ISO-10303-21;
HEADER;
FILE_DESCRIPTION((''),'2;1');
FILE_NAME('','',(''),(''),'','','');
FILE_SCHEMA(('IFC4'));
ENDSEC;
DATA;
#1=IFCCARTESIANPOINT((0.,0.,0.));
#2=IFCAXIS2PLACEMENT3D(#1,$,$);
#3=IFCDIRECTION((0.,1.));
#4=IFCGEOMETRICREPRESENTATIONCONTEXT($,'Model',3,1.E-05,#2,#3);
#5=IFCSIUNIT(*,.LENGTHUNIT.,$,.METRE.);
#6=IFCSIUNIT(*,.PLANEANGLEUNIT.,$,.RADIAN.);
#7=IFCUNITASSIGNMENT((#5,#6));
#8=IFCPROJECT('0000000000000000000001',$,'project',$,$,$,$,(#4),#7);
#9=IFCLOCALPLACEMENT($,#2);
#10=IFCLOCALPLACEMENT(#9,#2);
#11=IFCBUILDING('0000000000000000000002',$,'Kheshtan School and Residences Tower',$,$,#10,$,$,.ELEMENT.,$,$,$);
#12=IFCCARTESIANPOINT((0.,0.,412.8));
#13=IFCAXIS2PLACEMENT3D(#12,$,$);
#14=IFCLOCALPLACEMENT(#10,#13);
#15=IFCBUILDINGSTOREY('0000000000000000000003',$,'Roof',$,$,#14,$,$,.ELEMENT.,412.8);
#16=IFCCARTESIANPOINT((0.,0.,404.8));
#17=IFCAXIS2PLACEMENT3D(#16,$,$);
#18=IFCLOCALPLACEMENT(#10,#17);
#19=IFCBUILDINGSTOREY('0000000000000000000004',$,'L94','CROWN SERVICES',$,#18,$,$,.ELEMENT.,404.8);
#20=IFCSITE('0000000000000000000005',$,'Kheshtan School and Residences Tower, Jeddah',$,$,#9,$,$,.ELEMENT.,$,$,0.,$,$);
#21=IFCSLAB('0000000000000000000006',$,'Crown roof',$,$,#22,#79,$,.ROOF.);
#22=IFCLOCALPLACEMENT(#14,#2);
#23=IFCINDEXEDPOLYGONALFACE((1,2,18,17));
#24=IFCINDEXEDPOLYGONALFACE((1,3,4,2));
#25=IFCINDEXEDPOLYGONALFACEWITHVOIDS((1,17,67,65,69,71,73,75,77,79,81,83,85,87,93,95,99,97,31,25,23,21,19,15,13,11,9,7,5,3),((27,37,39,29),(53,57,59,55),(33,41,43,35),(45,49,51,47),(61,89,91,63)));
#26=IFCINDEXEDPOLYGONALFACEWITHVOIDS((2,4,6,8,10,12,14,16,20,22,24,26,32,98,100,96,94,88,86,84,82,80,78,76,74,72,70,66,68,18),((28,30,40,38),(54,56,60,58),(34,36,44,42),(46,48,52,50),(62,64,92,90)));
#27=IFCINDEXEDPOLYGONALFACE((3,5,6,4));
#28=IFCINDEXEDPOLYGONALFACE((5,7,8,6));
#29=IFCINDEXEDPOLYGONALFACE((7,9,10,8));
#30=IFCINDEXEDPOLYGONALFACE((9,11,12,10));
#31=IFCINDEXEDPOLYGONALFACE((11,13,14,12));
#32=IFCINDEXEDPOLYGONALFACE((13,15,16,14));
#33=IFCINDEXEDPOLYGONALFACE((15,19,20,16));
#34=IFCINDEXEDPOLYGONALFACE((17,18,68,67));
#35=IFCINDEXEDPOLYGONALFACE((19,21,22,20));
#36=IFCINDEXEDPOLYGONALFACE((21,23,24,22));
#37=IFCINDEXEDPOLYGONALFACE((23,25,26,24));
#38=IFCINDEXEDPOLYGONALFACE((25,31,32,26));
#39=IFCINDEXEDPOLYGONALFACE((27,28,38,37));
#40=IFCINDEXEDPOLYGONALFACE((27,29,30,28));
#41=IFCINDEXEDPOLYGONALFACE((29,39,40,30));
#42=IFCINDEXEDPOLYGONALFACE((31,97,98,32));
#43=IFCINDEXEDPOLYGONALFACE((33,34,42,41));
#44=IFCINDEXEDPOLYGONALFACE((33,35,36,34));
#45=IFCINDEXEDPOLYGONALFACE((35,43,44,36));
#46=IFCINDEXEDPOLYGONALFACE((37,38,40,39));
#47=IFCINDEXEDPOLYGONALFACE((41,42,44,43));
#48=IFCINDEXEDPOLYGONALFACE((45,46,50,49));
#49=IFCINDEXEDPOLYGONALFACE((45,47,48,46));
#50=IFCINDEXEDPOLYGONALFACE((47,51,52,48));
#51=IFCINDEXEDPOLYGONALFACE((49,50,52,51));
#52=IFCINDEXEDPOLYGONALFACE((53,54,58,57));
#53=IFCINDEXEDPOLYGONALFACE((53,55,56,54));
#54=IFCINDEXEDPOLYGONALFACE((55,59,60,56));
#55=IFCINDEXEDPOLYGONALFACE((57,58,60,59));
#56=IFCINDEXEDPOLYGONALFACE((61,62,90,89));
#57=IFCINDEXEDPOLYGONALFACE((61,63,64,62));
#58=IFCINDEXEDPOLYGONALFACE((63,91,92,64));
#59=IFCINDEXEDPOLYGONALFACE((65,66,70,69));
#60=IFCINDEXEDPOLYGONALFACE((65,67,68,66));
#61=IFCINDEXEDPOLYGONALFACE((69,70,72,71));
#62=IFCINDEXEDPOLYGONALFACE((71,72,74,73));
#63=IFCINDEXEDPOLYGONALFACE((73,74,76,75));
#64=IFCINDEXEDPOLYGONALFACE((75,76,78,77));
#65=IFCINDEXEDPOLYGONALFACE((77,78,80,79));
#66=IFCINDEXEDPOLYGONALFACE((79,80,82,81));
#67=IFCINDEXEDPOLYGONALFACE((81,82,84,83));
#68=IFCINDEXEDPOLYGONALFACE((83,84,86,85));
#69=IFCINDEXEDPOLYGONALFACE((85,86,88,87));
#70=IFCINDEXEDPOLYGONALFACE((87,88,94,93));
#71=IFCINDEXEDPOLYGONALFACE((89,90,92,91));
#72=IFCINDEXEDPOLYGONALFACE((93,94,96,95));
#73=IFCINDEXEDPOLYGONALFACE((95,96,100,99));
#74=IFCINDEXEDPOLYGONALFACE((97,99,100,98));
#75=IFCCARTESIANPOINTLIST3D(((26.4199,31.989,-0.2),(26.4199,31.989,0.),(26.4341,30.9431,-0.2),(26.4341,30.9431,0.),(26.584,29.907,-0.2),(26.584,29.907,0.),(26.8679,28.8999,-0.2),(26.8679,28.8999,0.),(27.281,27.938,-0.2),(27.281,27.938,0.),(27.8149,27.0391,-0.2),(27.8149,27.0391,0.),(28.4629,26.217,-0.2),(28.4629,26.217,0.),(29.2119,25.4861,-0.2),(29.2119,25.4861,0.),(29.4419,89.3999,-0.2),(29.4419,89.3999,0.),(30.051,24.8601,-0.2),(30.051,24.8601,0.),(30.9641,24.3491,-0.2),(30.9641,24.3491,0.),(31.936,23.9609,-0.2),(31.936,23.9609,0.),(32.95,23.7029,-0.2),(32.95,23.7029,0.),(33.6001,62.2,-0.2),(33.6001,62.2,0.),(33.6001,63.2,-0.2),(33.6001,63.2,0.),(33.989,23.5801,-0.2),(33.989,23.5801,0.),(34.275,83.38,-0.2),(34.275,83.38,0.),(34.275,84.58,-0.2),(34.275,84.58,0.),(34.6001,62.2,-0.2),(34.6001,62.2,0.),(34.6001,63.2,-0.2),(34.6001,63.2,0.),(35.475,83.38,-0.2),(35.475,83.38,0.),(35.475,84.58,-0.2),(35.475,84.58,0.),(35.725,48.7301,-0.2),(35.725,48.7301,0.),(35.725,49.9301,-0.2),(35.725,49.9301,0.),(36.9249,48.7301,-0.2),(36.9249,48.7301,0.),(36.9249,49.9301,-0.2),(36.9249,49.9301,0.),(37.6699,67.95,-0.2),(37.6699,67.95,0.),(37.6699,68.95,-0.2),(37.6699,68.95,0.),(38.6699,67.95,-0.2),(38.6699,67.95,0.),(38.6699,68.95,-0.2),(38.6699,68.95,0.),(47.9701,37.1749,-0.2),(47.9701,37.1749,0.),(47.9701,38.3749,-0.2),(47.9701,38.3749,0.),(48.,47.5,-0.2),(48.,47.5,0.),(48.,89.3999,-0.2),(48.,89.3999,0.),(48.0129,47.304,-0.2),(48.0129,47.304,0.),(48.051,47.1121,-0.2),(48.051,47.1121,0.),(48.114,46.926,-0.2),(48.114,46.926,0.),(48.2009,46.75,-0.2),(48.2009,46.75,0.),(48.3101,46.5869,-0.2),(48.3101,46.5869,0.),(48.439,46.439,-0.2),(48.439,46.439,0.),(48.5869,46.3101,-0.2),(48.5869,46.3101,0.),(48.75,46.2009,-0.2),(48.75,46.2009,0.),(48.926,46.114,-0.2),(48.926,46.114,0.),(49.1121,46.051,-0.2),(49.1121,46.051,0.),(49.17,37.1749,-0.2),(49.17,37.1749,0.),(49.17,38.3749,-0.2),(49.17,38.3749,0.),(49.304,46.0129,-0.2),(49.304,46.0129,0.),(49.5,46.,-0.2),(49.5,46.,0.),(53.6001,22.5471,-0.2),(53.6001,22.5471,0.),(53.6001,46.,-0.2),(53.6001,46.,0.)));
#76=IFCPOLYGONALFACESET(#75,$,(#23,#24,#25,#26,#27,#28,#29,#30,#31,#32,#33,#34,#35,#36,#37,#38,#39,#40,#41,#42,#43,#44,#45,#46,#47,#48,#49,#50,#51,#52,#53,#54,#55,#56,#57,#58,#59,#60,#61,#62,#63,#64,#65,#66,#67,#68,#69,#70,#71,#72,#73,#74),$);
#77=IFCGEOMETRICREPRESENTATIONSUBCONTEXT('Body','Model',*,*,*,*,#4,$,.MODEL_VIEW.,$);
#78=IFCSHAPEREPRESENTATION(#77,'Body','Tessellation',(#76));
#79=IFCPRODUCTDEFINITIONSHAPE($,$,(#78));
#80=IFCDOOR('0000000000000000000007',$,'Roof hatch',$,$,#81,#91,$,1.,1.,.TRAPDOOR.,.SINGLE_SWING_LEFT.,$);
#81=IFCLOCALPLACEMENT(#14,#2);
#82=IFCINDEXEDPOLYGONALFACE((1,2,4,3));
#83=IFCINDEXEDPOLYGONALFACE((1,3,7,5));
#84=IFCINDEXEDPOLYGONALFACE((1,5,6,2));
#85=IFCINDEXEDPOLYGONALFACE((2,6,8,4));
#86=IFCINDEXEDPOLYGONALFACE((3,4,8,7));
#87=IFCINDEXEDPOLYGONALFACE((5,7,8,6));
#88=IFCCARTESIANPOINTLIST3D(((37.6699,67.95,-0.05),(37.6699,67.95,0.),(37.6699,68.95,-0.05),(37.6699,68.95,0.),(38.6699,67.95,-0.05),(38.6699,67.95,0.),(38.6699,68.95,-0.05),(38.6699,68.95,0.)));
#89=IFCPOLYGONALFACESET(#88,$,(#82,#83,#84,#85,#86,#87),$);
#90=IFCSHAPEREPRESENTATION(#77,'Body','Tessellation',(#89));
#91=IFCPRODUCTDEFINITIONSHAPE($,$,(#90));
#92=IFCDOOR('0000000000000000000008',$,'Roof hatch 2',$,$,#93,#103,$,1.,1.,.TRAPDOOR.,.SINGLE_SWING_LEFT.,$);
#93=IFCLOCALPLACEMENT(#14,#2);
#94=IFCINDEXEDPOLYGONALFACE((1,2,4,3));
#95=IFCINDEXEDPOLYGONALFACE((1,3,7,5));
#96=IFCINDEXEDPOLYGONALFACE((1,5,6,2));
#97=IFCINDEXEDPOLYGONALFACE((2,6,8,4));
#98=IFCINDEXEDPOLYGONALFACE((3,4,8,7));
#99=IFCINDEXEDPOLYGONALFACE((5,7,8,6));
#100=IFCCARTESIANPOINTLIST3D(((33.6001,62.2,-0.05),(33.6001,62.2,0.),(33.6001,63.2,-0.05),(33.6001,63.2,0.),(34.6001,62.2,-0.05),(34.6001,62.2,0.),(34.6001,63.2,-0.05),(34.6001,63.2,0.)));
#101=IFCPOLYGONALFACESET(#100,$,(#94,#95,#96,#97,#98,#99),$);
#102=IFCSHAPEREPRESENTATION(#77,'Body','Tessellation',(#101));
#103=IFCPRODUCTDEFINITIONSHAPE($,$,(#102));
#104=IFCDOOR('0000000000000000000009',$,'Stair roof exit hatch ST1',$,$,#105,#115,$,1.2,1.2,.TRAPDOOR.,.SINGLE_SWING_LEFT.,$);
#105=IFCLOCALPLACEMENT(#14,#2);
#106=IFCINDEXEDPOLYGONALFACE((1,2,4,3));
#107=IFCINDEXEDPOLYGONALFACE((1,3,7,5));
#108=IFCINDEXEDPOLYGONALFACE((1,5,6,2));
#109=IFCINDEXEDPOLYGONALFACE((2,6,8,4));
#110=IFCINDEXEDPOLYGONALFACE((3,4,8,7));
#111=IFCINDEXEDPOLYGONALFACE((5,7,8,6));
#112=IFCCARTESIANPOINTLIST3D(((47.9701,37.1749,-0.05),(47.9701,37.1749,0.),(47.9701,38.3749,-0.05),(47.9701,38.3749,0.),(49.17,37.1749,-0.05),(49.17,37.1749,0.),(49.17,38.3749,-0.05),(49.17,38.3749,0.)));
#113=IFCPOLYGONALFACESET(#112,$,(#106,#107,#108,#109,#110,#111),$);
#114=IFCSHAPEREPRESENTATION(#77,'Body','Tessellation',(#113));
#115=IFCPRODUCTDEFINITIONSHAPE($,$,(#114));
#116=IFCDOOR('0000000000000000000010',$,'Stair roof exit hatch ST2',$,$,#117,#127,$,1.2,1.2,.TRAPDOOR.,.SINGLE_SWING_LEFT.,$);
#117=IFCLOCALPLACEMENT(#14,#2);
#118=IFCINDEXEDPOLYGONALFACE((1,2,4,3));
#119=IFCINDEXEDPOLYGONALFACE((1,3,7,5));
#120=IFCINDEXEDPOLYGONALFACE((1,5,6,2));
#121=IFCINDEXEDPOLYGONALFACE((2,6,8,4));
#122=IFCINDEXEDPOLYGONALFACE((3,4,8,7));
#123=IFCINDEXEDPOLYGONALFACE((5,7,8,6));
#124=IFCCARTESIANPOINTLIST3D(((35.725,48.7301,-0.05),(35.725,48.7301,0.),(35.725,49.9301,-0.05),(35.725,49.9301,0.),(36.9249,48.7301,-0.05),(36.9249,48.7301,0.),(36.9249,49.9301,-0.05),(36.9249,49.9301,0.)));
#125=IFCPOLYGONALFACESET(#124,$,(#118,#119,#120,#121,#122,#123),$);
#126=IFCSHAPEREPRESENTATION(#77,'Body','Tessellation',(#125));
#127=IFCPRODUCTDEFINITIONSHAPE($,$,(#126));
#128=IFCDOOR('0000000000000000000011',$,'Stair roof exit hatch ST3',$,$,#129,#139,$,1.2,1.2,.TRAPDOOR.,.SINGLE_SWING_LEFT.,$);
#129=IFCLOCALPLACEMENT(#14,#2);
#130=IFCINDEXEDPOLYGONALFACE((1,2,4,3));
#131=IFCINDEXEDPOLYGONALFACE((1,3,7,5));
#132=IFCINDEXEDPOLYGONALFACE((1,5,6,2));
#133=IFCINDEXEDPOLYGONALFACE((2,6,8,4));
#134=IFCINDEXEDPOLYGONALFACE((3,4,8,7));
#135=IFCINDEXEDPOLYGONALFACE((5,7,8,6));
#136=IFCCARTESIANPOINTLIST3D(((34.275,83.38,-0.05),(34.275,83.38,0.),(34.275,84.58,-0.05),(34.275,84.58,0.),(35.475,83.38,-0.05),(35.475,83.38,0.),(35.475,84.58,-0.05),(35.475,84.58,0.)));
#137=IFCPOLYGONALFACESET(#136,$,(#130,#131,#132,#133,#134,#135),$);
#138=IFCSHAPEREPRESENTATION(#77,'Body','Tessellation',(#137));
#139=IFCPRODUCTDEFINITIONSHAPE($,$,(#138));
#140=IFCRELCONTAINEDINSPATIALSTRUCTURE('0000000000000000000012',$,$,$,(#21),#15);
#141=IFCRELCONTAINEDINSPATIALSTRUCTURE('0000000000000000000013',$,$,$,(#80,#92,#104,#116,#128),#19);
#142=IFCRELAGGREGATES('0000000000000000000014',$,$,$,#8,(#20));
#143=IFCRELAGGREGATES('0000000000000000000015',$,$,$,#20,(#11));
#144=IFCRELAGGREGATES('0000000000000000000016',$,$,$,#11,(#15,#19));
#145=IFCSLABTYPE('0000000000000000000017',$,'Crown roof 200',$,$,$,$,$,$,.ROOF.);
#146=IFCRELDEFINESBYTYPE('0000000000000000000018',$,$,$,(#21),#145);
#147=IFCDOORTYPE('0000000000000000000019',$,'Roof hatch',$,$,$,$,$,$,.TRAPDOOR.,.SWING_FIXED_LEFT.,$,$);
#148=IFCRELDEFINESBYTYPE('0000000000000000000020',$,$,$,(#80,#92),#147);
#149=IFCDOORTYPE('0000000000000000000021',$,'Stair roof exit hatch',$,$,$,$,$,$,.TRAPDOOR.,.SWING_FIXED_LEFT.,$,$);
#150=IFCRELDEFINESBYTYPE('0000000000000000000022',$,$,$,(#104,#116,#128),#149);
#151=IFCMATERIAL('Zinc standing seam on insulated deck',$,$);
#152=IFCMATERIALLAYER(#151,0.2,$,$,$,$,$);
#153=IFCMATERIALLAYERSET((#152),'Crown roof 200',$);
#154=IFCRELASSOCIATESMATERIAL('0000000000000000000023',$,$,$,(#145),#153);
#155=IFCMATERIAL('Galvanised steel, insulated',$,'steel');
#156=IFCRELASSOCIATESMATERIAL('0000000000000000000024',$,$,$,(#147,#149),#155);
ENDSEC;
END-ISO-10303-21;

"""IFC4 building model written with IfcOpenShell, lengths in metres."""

from ifc_helpers import new_model, si_unit, direction, frame, origin, origin_2d, place, context, subcontext, project, spatial, polyline, rectangle, outline, extrude, material, layer, layer_set, type_object, element, fill, save


model = new_model("IFC4")

# Units and contexts
model_context = context("Model", 3, precision=1e-05, world=origin(), true_north=direction((0.0, 1.0)))
body_context = subcontext(model_context, "Body", "Model", "MODEL_VIEW")
ifc_project = project(units=[si_unit("LENGTHUNIT", "METRE"), si_unit("PLANEANGLEUNIT", "RADIAN")], contexts=[model_context])

# Site, building, storey
site_placement = place(None, origin())
site = spatial("IfcSite", under=ifc_project, at=site_placement, Name="Kheshtan School and Residences Tower, Jeddah", CompositionType="ELEMENT", RefElevation=0.0)
building_placement = place(site_placement, origin())
building = spatial("IfcBuilding", under=site, at=building_placement, Name="Kheshtan School and Residences Tower", CompositionType="ELEMENT")
storey_1_placement = place(building_placement, frame((0.0, 0.0, 412.8)))
storey_1 = spatial("IfcBuildingStorey", under=building, at=storey_1_placement, Name="Roof", CompositionType="ELEMENT", Elevation=412.8)

# Slab, openings
ifc_material_1 = material(Name="Zinc standing seam on insulated deck")
ifc_layer = layer(ifc_material_1, 0.2)
ifc_layer_set = layer_set([ifc_layer], Name="Crown roof 200")
slab_type = type_object("IfcSlabType", Name="Crown roof 200", PredefinedType="ROOF", material=ifc_layer_set)
slab_placement = place(storey_1_placement, frame((0.0, 0.0, -0.2)))
slab = element("IfcSlab", 1, at=slab_placement, inside=storey_1, type_object=slab_type, Name="Crown roof", PredefinedType="ROOF", context=body_context, shape_type="SweptSolid", body=[
    extrude(outline(polyline([(48.0, 47.5), (48.0129, 47.304), (48.051, 47.1121), (48.114, 46.926), (48.2009, 46.75), (48.3101, 46.5869), (48.439, 46.439), (48.5869, 46.3101), (48.75, 46.2009), (48.926, 46.114), (49.1121, 46.051), (49.304, 46.0129), (49.5, 46.0), (53.6001, 46.0), (53.6001, 22.5471), (33.989, 23.5801), (32.95, 23.7029), (31.936, 23.9609), (30.9641, 24.3491), (30.051, 24.8601), (29.2119, 25.4861), (28.4629, 26.217), (27.8149, 27.0391), (27.281, 27.938), (26.8679, 28.8999), (26.584, 29.907), (26.4341, 30.9431), (26.4199, 31.989), (29.4419, 89.3999), (48.0, 89.3999), (48.0, 47.5)])), origin(), (0.0, 0.0, 1.0), 0.2),
])
opening_1_placement = place(slab_placement, frame((38.1699, 68.45, 0.0)))
opening_1 = element("IfcOpeningElement", 2, at=opening_1_placement, cuts=slab, PredefinedType="OPENING", context=body_context, shape_type="SweptSolid", body=[
    extrude(rectangle(XDim=1.0, YDim=1.0, at=origin_2d()), origin(), (0.0, 0.0, 1.0), 0.2),
])
opening_2_placement = place(slab_placement, frame((48.5701, 37.7749, 0.0)))
opening_2 = element("IfcOpeningElement", 3, at=opening_2_placement, cuts=slab, PredefinedType="OPENING", context=body_context, shape_type="SweptSolid", body=[
    extrude(rectangle(XDim=1.2, YDim=1.2, at=origin_2d()), origin(), (0.0, 0.0, 1.0), 0.2),
])
opening_3_placement = place(slab_placement, frame((36.325, 49.3301, 0.0)))
opening_3 = element("IfcOpeningElement", 4, at=opening_3_placement, cuts=slab, PredefinedType="OPENING", context=body_context, shape_type="SweptSolid", body=[
    extrude(rectangle(XDim=1.2, YDim=1.2, at=origin_2d()), origin(), (0.0, 0.0, 1.0), 0.2),
])
opening_4_placement = place(slab_placement, frame((34.875, 83.98, 0.0)))
opening_4 = element("IfcOpeningElement", 5, at=opening_4_placement, cuts=slab, PredefinedType="OPENING", context=body_context, shape_type="SweptSolid", body=[
    extrude(rectangle(XDim=1.2, YDim=1.2, at=origin_2d()), origin(), (0.0, 0.0, 1.0), 0.2),
])
opening_5_placement = place(slab_placement, frame((34.1001, 62.7, 0.0)))
opening_5 = element("IfcOpeningElement", 6, at=opening_5_placement, cuts=slab, PredefinedType="OPENING", context=body_context, shape_type="SweptSolid", body=[
    extrude(rectangle(XDim=1.0, YDim=1.0, at=origin_2d()), origin(), (0.0, 0.0, 1.0), 0.2),
])

# Shared definitions
storey_2_placement = place(building_placement, frame((0.0, 0.0, 404.8)))
storey_2 = spatial("IfcBuildingStorey", under=building, at=storey_2_placement, Name="L94", Description="CROWN SERVICES", CompositionType="ELEMENT", Elevation=404.8)

# Doors
ifc_material_2 = material(Name="Galvanised steel, insulated", Category="steel")
door_type_1 = type_object("IfcDoorType", Name="Roof hatch", OperationType="SWING_FIXED_LEFT", PredefinedType="TRAPDOOR", material=ifc_material_2)
door_1_placement = place(opening_1_placement, frame((0.0, 0.0, 0.1499)))
door_1 = element("IfcDoor", 7, at=door_1_placement, inside=storey_2, type_object=door_type_1, Name="Roof hatch", OperationType="SINGLE_SWING_LEFT", OverallHeight=1.0, OverallWidth=1.0, PredefinedType="TRAPDOOR", context=body_context, shape_type="SweptSolid", body=[
    extrude(rectangle(XDim=1.0, YDim=1.0, at=origin_2d()), origin(), (0.0, 0.0, 1.0), 0.05),
])
fill(opening_1, door_1)
door_2_placement = place(opening_5_placement, frame((0.0, 0.0, 0.1499)))
door_2 = element("IfcDoor", 8, at=door_2_placement, inside=storey_2, type_object=door_type_1, Name="Roof hatch 2", OperationType="SINGLE_SWING_LEFT", OverallHeight=1.0, OverallWidth=1.0, PredefinedType="TRAPDOOR", context=body_context, shape_type="SweptSolid", body=[
    extrude(rectangle(XDim=1.0, YDim=1.0, at=origin_2d()), origin(), (0.0, 0.0, 1.0), 0.05),
])
fill(opening_5, door_2)
door_type_2 = type_object("IfcDoorType", Name="Stair roof exit hatch", OperationType="SWING_FIXED_LEFT", PredefinedType="TRAPDOOR", material=ifc_material_2)
door_3_placement = place(opening_2_placement, frame((0.0, 0.0, 0.1499)))
door_3 = element("IfcDoor", 9, at=door_3_placement, inside=storey_2, type_object=door_type_2, Name="Stair roof exit hatch ST1", OperationType="SINGLE_SWING_LEFT", OverallHeight=1.2, OverallWidth=1.2, PredefinedType="TRAPDOOR", context=body_context, shape_type="SweptSolid", body=[
    extrude(rectangle(XDim=1.2, YDim=1.2, at=origin_2d()), origin(), (0.0, 0.0, 1.0), 0.05),
])
fill(opening_2, door_3)
door_4_placement = place(opening_3_placement, frame((0.0, 0.0, 0.1499)))
door_4 = element("IfcDoor", 10, at=door_4_placement, inside=storey_2, type_object=door_type_2, Name="Stair roof exit hatch ST2", OperationType="SINGLE_SWING_LEFT", OverallHeight=1.2, OverallWidth=1.2, PredefinedType="TRAPDOOR", context=body_context, shape_type="SweptSolid", body=[
    extrude(rectangle(XDim=1.2, YDim=1.2, at=origin_2d()), origin(), (0.0, 0.0, 1.0), 0.05),
])
fill(opening_3, door_4)
door_5_placement = place(opening_4_placement, frame((0.0, 0.0, 0.1499)))
door_5 = element("IfcDoor", 11, at=door_5_placement, inside=storey_2, type_object=door_type_2, Name="Stair roof exit hatch ST3", OperationType="SINGLE_SWING_LEFT", OverallHeight=1.2, OverallWidth=1.2, PredefinedType="TRAPDOOR", context=body_context, shape_type="SweptSolid", body=[
    extrude(rectangle(XDim=1.2, YDim=1.2, at=origin_2d()), origin(), (0.0, 0.0, 1.0), 0.05),
])
fill(opening_4, door_5)

save(model, "model.ifc")
